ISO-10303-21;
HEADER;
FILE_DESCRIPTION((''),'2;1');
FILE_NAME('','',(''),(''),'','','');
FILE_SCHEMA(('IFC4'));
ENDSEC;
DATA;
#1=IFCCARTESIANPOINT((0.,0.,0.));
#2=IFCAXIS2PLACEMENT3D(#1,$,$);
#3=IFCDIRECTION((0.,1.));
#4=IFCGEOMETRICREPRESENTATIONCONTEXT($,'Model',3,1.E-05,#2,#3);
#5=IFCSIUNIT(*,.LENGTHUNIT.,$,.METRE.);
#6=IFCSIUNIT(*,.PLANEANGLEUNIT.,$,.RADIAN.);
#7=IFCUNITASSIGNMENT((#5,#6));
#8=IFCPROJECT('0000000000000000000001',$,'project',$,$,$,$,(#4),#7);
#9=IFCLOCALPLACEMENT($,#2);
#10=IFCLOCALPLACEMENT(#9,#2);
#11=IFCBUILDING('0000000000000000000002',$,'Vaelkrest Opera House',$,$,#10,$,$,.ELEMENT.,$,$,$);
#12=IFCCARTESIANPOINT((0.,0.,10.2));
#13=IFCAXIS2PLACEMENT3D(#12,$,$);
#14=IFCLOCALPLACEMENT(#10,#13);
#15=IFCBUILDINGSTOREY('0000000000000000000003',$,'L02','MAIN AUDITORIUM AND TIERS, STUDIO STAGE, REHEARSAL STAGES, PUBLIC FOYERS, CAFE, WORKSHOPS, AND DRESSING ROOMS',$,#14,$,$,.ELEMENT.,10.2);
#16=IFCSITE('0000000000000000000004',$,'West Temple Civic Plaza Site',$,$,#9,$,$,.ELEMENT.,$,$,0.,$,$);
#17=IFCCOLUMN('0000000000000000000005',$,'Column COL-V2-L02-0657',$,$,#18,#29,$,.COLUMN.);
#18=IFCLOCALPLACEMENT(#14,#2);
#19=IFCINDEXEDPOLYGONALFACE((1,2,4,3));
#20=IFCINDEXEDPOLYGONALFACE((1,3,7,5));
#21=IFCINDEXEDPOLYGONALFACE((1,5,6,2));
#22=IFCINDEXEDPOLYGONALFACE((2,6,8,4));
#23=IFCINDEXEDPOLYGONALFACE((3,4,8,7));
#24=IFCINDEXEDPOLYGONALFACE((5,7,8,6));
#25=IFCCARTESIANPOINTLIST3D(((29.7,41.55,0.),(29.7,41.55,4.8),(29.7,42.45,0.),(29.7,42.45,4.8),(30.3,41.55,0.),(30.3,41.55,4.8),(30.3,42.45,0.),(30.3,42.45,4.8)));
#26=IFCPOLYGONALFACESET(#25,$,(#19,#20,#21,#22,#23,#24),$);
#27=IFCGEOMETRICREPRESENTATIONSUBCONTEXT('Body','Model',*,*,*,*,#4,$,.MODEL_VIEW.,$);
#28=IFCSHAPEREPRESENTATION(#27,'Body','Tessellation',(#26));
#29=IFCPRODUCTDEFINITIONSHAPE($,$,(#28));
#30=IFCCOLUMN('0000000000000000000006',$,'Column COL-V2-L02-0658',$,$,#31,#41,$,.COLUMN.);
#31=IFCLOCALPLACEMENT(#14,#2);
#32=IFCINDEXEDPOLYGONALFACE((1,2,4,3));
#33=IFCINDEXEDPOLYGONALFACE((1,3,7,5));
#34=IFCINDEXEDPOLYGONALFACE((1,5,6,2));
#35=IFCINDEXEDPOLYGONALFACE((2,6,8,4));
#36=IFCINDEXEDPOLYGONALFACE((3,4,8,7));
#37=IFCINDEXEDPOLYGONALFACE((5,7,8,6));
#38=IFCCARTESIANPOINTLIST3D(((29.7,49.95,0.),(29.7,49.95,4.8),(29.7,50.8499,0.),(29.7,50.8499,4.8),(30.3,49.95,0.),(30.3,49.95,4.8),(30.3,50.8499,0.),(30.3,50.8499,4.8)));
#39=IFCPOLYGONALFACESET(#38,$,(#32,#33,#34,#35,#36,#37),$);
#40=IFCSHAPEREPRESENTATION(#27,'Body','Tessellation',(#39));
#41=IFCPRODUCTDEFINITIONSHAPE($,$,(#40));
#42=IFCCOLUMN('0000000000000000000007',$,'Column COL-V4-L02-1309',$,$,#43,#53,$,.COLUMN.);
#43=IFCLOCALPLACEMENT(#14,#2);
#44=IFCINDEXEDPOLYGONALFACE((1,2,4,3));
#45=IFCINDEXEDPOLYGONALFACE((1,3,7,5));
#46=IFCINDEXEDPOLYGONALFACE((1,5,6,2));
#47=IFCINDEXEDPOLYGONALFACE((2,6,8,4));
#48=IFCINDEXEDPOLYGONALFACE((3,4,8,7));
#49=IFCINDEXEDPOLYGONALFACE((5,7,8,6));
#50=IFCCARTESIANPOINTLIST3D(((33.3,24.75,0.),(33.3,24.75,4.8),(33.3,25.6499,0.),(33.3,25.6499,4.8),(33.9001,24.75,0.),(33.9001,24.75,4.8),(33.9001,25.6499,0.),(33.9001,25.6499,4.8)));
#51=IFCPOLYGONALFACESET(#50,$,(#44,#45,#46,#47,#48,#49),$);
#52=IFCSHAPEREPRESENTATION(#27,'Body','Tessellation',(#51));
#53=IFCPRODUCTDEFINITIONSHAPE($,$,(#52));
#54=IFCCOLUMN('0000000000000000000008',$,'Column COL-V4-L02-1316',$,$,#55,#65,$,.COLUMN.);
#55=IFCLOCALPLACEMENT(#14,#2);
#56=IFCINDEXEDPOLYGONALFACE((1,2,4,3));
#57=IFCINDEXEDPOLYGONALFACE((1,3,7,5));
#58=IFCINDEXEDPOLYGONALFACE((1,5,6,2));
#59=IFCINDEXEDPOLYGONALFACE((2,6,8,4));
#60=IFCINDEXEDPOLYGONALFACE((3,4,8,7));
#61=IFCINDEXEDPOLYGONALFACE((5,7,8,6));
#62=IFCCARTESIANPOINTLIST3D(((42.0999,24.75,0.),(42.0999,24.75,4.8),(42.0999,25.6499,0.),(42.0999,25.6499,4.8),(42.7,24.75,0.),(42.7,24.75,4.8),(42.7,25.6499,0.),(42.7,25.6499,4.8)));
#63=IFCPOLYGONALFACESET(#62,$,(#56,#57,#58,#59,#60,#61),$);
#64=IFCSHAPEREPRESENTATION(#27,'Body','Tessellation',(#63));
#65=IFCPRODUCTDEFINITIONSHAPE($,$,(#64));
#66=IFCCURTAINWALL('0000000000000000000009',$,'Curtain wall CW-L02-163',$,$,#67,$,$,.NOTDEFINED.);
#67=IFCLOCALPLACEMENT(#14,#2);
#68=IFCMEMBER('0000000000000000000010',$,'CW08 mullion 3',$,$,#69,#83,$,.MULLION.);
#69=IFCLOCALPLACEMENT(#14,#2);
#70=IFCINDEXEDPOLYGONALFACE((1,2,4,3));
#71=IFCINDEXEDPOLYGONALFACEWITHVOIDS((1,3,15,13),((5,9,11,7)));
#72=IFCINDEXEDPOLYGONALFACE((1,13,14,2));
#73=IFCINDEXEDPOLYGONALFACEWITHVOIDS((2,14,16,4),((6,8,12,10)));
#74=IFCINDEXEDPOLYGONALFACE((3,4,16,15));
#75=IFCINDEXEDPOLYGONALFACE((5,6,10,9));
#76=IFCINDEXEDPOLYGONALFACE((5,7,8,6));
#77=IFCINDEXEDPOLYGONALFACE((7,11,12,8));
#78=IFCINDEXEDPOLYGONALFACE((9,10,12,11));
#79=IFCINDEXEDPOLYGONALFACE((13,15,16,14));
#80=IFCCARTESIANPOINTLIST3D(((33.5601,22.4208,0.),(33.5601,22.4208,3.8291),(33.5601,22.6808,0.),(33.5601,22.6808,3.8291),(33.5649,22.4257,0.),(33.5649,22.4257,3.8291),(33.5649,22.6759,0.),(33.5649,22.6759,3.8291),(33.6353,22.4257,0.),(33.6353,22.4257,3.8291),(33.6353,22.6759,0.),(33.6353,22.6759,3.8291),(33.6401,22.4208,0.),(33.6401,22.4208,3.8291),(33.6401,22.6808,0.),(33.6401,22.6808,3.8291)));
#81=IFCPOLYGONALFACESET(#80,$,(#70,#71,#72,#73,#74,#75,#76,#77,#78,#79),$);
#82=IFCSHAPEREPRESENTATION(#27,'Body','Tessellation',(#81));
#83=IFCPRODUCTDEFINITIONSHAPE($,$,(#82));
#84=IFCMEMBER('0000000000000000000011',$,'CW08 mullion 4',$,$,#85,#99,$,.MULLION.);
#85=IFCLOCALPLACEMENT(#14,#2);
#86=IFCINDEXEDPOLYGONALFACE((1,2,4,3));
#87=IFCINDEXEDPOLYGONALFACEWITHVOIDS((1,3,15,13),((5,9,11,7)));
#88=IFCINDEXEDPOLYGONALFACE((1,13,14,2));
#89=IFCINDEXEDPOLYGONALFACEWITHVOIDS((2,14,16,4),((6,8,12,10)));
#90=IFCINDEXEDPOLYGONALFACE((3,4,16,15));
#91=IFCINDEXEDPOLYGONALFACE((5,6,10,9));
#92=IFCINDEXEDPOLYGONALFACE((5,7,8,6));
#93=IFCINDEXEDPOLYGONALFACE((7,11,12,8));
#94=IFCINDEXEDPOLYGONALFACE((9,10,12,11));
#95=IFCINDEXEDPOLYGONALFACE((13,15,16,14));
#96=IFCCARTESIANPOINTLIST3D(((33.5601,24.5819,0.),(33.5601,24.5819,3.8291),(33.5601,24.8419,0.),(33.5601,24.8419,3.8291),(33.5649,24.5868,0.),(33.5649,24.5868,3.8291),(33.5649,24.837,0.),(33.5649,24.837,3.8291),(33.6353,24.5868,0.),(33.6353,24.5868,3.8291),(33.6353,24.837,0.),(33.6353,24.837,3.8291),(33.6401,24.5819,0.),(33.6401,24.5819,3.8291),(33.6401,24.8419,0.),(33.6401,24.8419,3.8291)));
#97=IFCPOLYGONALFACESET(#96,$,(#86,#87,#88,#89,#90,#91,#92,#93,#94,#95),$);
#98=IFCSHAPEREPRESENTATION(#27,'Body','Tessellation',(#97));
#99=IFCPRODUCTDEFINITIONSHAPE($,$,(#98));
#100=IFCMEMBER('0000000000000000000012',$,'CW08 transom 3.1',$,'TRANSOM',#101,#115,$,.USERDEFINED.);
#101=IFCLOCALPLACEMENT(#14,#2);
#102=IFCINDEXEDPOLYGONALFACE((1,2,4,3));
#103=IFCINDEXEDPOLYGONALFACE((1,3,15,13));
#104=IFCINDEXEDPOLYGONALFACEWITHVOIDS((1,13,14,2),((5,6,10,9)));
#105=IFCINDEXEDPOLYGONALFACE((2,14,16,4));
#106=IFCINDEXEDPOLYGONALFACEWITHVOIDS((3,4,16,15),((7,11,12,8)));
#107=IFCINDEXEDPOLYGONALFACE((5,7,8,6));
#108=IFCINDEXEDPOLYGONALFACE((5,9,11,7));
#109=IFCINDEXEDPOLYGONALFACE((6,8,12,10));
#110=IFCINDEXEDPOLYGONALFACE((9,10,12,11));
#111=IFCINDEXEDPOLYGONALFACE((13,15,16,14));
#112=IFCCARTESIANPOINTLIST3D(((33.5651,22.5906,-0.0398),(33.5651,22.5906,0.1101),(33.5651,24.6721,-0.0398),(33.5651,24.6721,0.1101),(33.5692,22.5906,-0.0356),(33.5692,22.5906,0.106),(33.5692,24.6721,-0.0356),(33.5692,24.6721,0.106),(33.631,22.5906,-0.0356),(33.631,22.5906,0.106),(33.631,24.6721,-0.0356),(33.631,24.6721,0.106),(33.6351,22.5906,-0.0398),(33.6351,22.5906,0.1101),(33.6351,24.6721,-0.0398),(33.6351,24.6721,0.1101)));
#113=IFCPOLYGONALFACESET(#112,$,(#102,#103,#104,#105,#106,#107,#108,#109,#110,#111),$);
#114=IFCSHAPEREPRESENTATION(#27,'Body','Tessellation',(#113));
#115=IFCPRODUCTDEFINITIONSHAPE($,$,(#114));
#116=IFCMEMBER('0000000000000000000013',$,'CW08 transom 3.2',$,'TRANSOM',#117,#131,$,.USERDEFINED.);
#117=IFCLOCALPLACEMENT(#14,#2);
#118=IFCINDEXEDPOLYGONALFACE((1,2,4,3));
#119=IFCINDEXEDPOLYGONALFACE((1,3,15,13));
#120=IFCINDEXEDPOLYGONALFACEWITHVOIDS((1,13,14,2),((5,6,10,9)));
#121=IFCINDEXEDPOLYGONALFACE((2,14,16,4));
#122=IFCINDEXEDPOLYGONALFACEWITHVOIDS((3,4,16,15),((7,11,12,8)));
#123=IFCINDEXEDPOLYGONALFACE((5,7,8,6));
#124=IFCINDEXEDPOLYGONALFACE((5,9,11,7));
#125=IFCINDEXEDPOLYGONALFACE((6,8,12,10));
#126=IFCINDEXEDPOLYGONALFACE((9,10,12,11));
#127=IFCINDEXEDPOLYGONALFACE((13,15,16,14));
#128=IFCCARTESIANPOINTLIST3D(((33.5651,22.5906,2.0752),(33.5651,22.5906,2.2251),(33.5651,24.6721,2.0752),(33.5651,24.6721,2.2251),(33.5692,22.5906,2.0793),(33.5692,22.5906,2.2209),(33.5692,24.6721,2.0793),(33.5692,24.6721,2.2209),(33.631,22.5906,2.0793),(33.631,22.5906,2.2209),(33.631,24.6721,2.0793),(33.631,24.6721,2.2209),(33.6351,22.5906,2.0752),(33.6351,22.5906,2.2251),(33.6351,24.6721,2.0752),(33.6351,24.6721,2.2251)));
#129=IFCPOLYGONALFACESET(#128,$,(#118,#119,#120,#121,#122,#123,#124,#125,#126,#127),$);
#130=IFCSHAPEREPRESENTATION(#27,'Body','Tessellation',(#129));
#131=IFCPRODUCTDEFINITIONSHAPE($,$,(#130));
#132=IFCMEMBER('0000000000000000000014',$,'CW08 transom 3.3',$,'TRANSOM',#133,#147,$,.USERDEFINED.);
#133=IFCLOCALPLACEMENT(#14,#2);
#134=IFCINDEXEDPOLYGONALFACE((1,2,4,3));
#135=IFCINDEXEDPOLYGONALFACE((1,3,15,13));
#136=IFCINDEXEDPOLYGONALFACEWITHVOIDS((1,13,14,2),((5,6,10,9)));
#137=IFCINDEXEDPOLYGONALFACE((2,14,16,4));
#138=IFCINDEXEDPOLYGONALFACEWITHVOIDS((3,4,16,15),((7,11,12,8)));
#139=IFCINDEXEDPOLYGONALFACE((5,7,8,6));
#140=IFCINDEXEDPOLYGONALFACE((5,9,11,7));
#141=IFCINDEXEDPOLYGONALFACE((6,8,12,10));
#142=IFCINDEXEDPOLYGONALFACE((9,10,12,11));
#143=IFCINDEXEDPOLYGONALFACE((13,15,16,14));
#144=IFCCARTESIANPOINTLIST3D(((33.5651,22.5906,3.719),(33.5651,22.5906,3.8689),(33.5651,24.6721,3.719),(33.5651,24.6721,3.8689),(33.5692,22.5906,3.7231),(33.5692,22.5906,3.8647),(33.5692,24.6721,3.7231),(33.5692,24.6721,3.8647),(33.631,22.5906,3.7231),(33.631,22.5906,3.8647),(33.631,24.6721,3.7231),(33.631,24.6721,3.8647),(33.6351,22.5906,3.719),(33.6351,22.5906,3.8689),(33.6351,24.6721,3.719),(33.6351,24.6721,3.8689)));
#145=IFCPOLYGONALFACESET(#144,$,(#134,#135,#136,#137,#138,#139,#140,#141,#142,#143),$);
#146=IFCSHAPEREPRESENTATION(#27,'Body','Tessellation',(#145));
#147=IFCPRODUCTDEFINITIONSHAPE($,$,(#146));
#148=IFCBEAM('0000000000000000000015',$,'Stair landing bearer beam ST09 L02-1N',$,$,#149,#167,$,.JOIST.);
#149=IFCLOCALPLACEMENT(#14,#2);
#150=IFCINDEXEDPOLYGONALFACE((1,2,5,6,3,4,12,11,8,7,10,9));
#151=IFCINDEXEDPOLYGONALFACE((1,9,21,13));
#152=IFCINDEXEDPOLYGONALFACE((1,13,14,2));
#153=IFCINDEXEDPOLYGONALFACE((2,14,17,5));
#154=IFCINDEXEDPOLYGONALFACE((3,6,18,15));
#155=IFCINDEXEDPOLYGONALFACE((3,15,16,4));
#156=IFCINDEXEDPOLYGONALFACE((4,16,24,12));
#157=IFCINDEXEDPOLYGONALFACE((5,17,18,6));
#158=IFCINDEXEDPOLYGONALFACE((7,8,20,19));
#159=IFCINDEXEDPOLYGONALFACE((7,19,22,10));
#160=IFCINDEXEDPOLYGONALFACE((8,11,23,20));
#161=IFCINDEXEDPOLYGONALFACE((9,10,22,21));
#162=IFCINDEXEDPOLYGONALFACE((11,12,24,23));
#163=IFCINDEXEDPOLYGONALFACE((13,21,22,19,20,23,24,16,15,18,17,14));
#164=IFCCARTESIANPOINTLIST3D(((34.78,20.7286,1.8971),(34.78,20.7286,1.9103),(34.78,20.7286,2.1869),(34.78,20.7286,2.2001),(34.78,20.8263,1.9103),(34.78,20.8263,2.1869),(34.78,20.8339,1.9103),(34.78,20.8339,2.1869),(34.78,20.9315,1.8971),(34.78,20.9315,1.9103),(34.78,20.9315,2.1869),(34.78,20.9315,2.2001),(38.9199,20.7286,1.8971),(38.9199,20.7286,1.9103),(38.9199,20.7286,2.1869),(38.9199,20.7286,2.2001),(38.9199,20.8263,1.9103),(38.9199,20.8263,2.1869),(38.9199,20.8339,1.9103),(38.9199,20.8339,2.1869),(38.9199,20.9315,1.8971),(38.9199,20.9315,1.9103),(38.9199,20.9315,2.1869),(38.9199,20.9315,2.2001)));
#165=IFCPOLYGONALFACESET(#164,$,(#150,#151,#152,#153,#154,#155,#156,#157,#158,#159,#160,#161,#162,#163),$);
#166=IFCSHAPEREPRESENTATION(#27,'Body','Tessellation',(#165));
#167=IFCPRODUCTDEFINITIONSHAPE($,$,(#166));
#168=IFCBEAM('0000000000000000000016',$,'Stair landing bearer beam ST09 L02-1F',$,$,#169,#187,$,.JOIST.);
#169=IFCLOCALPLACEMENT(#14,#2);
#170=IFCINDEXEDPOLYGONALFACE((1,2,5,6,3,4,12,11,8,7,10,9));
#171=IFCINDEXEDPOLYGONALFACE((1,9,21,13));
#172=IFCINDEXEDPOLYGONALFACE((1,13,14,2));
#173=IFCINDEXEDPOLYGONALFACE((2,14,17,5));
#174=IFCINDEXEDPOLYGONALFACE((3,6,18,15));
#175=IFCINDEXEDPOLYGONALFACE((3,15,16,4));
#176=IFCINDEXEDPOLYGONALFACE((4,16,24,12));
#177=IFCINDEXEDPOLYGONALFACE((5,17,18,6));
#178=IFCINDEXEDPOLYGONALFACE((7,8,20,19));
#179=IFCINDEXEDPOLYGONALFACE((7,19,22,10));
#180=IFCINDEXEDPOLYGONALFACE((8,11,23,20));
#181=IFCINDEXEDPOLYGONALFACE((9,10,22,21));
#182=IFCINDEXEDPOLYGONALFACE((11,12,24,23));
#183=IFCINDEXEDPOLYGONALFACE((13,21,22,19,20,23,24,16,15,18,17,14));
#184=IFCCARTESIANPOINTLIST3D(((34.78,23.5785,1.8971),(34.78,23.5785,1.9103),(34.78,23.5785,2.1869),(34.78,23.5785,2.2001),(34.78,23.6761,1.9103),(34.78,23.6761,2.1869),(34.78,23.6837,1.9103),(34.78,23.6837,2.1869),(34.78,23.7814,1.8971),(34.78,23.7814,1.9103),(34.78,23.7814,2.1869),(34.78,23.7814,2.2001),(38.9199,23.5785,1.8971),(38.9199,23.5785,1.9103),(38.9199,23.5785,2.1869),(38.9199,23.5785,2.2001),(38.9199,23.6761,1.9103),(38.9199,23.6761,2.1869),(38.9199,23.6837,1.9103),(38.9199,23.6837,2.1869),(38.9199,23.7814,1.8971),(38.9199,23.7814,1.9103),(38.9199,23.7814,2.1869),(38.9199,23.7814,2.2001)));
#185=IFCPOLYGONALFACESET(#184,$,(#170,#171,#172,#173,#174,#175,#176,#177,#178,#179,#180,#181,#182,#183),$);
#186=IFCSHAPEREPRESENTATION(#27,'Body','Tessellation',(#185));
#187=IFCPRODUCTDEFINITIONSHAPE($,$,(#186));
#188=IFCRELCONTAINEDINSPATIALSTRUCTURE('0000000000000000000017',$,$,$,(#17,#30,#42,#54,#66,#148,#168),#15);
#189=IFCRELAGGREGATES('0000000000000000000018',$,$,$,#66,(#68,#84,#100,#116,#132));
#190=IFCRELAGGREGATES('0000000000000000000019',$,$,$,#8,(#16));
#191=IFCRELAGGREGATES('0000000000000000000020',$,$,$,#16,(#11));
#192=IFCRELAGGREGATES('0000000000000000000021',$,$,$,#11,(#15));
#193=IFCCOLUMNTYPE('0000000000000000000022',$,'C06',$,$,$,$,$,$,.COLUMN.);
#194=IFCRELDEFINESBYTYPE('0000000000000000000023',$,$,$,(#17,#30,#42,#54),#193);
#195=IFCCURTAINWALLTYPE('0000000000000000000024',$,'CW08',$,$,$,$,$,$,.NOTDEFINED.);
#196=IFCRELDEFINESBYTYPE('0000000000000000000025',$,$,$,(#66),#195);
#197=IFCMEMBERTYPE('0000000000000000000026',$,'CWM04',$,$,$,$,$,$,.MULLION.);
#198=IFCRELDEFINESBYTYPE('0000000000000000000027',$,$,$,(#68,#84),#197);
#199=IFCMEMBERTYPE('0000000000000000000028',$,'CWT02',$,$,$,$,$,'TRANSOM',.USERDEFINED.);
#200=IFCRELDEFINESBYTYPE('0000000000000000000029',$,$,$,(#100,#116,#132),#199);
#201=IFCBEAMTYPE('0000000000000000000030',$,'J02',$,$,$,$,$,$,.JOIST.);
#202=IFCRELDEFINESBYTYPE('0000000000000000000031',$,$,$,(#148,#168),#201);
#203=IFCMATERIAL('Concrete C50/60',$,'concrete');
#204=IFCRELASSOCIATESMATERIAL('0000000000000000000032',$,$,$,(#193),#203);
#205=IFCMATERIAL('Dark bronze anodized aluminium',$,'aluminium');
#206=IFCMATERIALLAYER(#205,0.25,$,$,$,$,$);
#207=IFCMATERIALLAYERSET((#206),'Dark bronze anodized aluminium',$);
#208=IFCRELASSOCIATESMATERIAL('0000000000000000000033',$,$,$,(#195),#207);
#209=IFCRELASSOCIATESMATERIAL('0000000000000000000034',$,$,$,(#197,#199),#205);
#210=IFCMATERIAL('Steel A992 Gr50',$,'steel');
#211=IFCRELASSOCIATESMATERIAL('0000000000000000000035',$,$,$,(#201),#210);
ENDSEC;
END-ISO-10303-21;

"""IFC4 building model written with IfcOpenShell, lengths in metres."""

from ifc_helpers import new_model, si_unit, direction, frame, origin, origin_2d, place, context, subcontext, project, spatial, rectangle, hollow_rectangle, i_section, extrude, material, layer, layer_set, material_profile, profile_set, type_object, element, aggregate, save


model = new_model("IFC4")

# Units and contexts
model_context = context("Model", 3, precision=1e-05, world=origin(), true_north=direction((0.0, 1.0)))
body_context = subcontext(model_context, "Body", "Model", "MODEL_VIEW")
ifc_project = project(units=[si_unit("LENGTHUNIT", "METRE"), si_unit("PLANEANGLEUNIT", "RADIAN")], contexts=[model_context])

# Site, building, storey
site_placement = place(None, origin())
site = spatial("IfcSite", under=ifc_project, at=site_placement, Name="West Temple Civic Plaza Site", CompositionType="ELEMENT", RefElevation=0.0)
building_placement = place(site_placement, origin())
building = spatial("IfcBuilding", under=site, at=building_placement, Name="Vaelkrest Opera House", CompositionType="ELEMENT")
storey_placement = place(building_placement, frame((0.0, 0.0, 10.2)))
storey = spatial("IfcBuildingStorey", under=building, at=storey_placement, Name="L02", Description="MAIN AUDITORIUM AND TIERS, STUDIO STAGE, REHEARSAL STAGES, PUBLIC FOYERS, CAFE, WORKSHOPS, AND DRESSING ROOMS", CompositionType="ELEMENT", Elevation=10.2)

# Columns
ifc_material_1 = material(Name="Concrete C50/60", Category="concrete")
ifc_material_profile_1 = material_profile(ifc_material_1, rectangle(XDim=0.6001, YDim=0.8999, at=origin_2d()), Name="RC600X900")
ifc_profile_set_1 = profile_set([ifc_material_profile_1], Name="Concrete C50/60")
column_type = type_object("IfcColumnType", Name="C06", PredefinedType="COLUMN", material=ifc_profile_set_1)
for number, where, z_axis, x_axis, name in (
    (1, (30.0, 42.0, 0.0), (0.0, 0.0, 1.0), (1.0, 0.0, 0.0), "Column COL-V2-L02-0657"),
    (2, (30.0, 50.3999, 0.0), (0.0, 0.0, 1.0), (1.0, 0.0, 0.0), "Column COL-V2-L02-0658"),
    (3, (33.6001, 25.2, 0.0), (0.0, 0.0, 1.0), (1.0, 0.0, 0.0), "Column COL-V4-L02-1309"),
    (4, (42.3999, 25.2, 0.0), (0.0, 0.0, 1.0), (1.0, 0.0, 0.0), "Column COL-V4-L02-1316"),
):
    element("IfcColumn", number, at=place(storey_placement, frame(where, z_axis=z_axis, x_axis=x_axis)), inside=storey, type_object=column_type, Name=name, PredefinedType="COLUMN", context=body_context, shape_type="SweptSolid", body=[
        extrude(rectangle(XDim=0.6001, YDim=0.8999, at=origin_2d()), origin(), (0.0, 0.0, 1.0), 4.8),
    ])

# Curtain wall, members
ifc_material_2 = material(Name="Dark bronze anodized aluminium", Category="aluminium")
ifc_layer_1 = layer(ifc_material_2, 0.25)
ifc_layer_set_1 = layer_set([ifc_layer_1], Name="Dark bronze anodized aluminium")
curtain_wall_type = type_object("IfcCurtainWallType", Name="CW08", PredefinedType="NOTDEFINED", material=ifc_layer_set_1)
curtain_wall_placement = place(storey_placement, origin())
curtain_wall = element("IfcCurtainWall", 5, at=curtain_wall_placement, inside=storey, type_object=curtain_wall_type, Name="Curtain wall CW-L02-163", PredefinedType="NOTDEFINED")
ifc_material_profile_2 = material_profile(ifc_material_2, hollow_rectangle(XDim=0.0801, YDim=0.26, WallThickness=0.0049, at=origin_2d()), Name="CWM80X260")
ifc_profile_set_2 = profile_set([ifc_material_profile_2], Name="Dark bronze anodized aluminium")
member_type_1 = type_object("IfcMemberType", Name="CWM04", PredefinedType="MULLION", material=ifc_profile_set_2)
member_1_placement = place(storey_placement, frame((33.6001, 22.5508, 0.0), z_axis=(0.0, 0.0, 1.0), x_axis=(-1.0, 0.0, 0.0)))
member_1 = element("IfcMember", 6, at=member_1_placement, type_object=member_type_1, Name="CW08 mullion 3", PredefinedType="MULLION", context=body_context, shape_type="SweptSolid", body=[
    extrude(hollow_rectangle(XDim=0.0801, YDim=0.26, WallThickness=0.0049, at=origin_2d()), origin(), (0.0, 0.0, 1.0), 3.8291),
])
member_2_placement = place(storey_placement, frame((33.6001, 24.7119, 0.0), z_axis=(0.0, 0.0, 1.0), x_axis=(-1.0, 0.0, 0.0)))
member_2 = element("IfcMember", 7, at=member_2_placement, type_object=member_type_1, Name="CW08 mullion 4", PredefinedType="MULLION", context=body_context, shape_type="SweptSolid", body=[
    extrude(hollow_rectangle(XDim=0.0801, YDim=0.26, WallThickness=0.0049, at=origin_2d()), origin(), (0.0, 0.0, 1.0), 3.8291),
])
ifc_material_profile_3 = material_profile(ifc_material_2, hollow_rectangle(XDim=0.0701, YDim=0.1499, WallThickness=0.0042, at=origin_2d()), Name="CWT70X150")
ifc_profile_set_3 = profile_set([ifc_material_profile_3], Name="Dark bronze anodized aluminium")
member_type_2 = type_object("IfcMemberType", Name="CWT02", ElementType="TRANSOM", PredefinedType="USERDEFINED", material=ifc_profile_set_3)
member_3_placement = place(storey_placement, frame((33.6001, 22.5906, 0.0352), z_axis=(0.0, 1.0, 0.0), x_axis=(-1.0, 0.0, 0.0)))
member_3 = element("IfcMember", 8, at=member_3_placement, type_object=member_type_2, Name="CW08 transom 3.1", ObjectType="TRANSOM", PredefinedType="USERDEFINED", context=body_context, shape_type="SweptSolid", body=[
    extrude(hollow_rectangle(XDim=0.0701, YDim=0.1499, WallThickness=0.0042, at=origin_2d()), origin(), (0.0, 0.0, 1.0), 2.0815),
])
member_4_placement = place(storey_placement, frame((33.6001, 22.5906, 2.1501), z_axis=(0.0, 1.0, 0.0), x_axis=(-1.0, 0.0, 0.0)))
member_4 = element("IfcMember", 9, at=member_4_placement, type_object=member_type_2, Name="CW08 transom 3.2", ObjectType="TRANSOM", PredefinedType="USERDEFINED", context=body_context, shape_type="SweptSolid", body=[
    extrude(hollow_rectangle(XDim=0.0701, YDim=0.1499, WallThickness=0.0042, at=origin_2d()), origin(), (0.0, 0.0, 1.0), 2.0815),
])
member_5_placement = place(storey_placement, frame((33.6001, 22.5906, 3.7939), z_axis=(0.0, 1.0, 0.0), x_axis=(-1.0, 0.0, 0.0)))
member_5 = element("IfcMember", 10, at=member_5_placement, type_object=member_type_2, Name="CW08 transom 3.3", ObjectType="TRANSOM", PredefinedType="USERDEFINED", context=body_context, shape_type="SweptSolid", body=[
    extrude(hollow_rectangle(XDim=0.0701, YDim=0.1499, WallThickness=0.0042, at=origin_2d()), origin(), (0.0, 0.0, 1.0), 2.0815),
])

# Beams
ifc_material_3 = material(Name="Steel A992 Gr50", Category="steel")
ifc_material_profile_4 = material_profile(ifc_material_3, i_section(OverallWidth=0.2029, OverallDepth=0.303, WebThickness=0.0076, FlangeThickness=0.0132, at=origin_2d()), Name="W12X40")
ifc_profile_set_4 = profile_set([ifc_material_profile_4], Name="Steel A992 Gr50")
beam_type_1 = type_object("IfcBeamType", Name="J02", PredefinedType="JOIST", material=ifc_profile_set_4)
for number, where, z_axis, x_axis, name in (
    (11, (34.78, 20.8301, 2.0486), (1.0, 0.0, 0.0), (0.0, 1.0, 0.0), "Stair landing bearer beam ST09 L02-1N"),
    (12, (34.78, 23.6799, 2.0486), (1.0, 0.0, 0.0), (0.0, 1.0, 0.0), "Stair landing bearer beam ST09 L02-1F"),
):
    element("IfcBeam", number, at=place(storey_placement, frame(where, z_axis=z_axis, x_axis=x_axis)), inside=storey, type_object=beam_type_1, Name=name, PredefinedType="JOIST", context=body_context, shape_type="SweptSolid", body=[
        extrude(i_section(OverallWidth=0.2029, OverallDepth=0.303, WebThickness=0.0076, FlangeThickness=0.0132, at=origin_2d()), origin(), (0.0, 0.0, 1.0), 4.1399),
    ])

aggregate(curtain_wall, [member_1, member_2, member_3, member_4, member_5])

save(model, "model.ifc")
